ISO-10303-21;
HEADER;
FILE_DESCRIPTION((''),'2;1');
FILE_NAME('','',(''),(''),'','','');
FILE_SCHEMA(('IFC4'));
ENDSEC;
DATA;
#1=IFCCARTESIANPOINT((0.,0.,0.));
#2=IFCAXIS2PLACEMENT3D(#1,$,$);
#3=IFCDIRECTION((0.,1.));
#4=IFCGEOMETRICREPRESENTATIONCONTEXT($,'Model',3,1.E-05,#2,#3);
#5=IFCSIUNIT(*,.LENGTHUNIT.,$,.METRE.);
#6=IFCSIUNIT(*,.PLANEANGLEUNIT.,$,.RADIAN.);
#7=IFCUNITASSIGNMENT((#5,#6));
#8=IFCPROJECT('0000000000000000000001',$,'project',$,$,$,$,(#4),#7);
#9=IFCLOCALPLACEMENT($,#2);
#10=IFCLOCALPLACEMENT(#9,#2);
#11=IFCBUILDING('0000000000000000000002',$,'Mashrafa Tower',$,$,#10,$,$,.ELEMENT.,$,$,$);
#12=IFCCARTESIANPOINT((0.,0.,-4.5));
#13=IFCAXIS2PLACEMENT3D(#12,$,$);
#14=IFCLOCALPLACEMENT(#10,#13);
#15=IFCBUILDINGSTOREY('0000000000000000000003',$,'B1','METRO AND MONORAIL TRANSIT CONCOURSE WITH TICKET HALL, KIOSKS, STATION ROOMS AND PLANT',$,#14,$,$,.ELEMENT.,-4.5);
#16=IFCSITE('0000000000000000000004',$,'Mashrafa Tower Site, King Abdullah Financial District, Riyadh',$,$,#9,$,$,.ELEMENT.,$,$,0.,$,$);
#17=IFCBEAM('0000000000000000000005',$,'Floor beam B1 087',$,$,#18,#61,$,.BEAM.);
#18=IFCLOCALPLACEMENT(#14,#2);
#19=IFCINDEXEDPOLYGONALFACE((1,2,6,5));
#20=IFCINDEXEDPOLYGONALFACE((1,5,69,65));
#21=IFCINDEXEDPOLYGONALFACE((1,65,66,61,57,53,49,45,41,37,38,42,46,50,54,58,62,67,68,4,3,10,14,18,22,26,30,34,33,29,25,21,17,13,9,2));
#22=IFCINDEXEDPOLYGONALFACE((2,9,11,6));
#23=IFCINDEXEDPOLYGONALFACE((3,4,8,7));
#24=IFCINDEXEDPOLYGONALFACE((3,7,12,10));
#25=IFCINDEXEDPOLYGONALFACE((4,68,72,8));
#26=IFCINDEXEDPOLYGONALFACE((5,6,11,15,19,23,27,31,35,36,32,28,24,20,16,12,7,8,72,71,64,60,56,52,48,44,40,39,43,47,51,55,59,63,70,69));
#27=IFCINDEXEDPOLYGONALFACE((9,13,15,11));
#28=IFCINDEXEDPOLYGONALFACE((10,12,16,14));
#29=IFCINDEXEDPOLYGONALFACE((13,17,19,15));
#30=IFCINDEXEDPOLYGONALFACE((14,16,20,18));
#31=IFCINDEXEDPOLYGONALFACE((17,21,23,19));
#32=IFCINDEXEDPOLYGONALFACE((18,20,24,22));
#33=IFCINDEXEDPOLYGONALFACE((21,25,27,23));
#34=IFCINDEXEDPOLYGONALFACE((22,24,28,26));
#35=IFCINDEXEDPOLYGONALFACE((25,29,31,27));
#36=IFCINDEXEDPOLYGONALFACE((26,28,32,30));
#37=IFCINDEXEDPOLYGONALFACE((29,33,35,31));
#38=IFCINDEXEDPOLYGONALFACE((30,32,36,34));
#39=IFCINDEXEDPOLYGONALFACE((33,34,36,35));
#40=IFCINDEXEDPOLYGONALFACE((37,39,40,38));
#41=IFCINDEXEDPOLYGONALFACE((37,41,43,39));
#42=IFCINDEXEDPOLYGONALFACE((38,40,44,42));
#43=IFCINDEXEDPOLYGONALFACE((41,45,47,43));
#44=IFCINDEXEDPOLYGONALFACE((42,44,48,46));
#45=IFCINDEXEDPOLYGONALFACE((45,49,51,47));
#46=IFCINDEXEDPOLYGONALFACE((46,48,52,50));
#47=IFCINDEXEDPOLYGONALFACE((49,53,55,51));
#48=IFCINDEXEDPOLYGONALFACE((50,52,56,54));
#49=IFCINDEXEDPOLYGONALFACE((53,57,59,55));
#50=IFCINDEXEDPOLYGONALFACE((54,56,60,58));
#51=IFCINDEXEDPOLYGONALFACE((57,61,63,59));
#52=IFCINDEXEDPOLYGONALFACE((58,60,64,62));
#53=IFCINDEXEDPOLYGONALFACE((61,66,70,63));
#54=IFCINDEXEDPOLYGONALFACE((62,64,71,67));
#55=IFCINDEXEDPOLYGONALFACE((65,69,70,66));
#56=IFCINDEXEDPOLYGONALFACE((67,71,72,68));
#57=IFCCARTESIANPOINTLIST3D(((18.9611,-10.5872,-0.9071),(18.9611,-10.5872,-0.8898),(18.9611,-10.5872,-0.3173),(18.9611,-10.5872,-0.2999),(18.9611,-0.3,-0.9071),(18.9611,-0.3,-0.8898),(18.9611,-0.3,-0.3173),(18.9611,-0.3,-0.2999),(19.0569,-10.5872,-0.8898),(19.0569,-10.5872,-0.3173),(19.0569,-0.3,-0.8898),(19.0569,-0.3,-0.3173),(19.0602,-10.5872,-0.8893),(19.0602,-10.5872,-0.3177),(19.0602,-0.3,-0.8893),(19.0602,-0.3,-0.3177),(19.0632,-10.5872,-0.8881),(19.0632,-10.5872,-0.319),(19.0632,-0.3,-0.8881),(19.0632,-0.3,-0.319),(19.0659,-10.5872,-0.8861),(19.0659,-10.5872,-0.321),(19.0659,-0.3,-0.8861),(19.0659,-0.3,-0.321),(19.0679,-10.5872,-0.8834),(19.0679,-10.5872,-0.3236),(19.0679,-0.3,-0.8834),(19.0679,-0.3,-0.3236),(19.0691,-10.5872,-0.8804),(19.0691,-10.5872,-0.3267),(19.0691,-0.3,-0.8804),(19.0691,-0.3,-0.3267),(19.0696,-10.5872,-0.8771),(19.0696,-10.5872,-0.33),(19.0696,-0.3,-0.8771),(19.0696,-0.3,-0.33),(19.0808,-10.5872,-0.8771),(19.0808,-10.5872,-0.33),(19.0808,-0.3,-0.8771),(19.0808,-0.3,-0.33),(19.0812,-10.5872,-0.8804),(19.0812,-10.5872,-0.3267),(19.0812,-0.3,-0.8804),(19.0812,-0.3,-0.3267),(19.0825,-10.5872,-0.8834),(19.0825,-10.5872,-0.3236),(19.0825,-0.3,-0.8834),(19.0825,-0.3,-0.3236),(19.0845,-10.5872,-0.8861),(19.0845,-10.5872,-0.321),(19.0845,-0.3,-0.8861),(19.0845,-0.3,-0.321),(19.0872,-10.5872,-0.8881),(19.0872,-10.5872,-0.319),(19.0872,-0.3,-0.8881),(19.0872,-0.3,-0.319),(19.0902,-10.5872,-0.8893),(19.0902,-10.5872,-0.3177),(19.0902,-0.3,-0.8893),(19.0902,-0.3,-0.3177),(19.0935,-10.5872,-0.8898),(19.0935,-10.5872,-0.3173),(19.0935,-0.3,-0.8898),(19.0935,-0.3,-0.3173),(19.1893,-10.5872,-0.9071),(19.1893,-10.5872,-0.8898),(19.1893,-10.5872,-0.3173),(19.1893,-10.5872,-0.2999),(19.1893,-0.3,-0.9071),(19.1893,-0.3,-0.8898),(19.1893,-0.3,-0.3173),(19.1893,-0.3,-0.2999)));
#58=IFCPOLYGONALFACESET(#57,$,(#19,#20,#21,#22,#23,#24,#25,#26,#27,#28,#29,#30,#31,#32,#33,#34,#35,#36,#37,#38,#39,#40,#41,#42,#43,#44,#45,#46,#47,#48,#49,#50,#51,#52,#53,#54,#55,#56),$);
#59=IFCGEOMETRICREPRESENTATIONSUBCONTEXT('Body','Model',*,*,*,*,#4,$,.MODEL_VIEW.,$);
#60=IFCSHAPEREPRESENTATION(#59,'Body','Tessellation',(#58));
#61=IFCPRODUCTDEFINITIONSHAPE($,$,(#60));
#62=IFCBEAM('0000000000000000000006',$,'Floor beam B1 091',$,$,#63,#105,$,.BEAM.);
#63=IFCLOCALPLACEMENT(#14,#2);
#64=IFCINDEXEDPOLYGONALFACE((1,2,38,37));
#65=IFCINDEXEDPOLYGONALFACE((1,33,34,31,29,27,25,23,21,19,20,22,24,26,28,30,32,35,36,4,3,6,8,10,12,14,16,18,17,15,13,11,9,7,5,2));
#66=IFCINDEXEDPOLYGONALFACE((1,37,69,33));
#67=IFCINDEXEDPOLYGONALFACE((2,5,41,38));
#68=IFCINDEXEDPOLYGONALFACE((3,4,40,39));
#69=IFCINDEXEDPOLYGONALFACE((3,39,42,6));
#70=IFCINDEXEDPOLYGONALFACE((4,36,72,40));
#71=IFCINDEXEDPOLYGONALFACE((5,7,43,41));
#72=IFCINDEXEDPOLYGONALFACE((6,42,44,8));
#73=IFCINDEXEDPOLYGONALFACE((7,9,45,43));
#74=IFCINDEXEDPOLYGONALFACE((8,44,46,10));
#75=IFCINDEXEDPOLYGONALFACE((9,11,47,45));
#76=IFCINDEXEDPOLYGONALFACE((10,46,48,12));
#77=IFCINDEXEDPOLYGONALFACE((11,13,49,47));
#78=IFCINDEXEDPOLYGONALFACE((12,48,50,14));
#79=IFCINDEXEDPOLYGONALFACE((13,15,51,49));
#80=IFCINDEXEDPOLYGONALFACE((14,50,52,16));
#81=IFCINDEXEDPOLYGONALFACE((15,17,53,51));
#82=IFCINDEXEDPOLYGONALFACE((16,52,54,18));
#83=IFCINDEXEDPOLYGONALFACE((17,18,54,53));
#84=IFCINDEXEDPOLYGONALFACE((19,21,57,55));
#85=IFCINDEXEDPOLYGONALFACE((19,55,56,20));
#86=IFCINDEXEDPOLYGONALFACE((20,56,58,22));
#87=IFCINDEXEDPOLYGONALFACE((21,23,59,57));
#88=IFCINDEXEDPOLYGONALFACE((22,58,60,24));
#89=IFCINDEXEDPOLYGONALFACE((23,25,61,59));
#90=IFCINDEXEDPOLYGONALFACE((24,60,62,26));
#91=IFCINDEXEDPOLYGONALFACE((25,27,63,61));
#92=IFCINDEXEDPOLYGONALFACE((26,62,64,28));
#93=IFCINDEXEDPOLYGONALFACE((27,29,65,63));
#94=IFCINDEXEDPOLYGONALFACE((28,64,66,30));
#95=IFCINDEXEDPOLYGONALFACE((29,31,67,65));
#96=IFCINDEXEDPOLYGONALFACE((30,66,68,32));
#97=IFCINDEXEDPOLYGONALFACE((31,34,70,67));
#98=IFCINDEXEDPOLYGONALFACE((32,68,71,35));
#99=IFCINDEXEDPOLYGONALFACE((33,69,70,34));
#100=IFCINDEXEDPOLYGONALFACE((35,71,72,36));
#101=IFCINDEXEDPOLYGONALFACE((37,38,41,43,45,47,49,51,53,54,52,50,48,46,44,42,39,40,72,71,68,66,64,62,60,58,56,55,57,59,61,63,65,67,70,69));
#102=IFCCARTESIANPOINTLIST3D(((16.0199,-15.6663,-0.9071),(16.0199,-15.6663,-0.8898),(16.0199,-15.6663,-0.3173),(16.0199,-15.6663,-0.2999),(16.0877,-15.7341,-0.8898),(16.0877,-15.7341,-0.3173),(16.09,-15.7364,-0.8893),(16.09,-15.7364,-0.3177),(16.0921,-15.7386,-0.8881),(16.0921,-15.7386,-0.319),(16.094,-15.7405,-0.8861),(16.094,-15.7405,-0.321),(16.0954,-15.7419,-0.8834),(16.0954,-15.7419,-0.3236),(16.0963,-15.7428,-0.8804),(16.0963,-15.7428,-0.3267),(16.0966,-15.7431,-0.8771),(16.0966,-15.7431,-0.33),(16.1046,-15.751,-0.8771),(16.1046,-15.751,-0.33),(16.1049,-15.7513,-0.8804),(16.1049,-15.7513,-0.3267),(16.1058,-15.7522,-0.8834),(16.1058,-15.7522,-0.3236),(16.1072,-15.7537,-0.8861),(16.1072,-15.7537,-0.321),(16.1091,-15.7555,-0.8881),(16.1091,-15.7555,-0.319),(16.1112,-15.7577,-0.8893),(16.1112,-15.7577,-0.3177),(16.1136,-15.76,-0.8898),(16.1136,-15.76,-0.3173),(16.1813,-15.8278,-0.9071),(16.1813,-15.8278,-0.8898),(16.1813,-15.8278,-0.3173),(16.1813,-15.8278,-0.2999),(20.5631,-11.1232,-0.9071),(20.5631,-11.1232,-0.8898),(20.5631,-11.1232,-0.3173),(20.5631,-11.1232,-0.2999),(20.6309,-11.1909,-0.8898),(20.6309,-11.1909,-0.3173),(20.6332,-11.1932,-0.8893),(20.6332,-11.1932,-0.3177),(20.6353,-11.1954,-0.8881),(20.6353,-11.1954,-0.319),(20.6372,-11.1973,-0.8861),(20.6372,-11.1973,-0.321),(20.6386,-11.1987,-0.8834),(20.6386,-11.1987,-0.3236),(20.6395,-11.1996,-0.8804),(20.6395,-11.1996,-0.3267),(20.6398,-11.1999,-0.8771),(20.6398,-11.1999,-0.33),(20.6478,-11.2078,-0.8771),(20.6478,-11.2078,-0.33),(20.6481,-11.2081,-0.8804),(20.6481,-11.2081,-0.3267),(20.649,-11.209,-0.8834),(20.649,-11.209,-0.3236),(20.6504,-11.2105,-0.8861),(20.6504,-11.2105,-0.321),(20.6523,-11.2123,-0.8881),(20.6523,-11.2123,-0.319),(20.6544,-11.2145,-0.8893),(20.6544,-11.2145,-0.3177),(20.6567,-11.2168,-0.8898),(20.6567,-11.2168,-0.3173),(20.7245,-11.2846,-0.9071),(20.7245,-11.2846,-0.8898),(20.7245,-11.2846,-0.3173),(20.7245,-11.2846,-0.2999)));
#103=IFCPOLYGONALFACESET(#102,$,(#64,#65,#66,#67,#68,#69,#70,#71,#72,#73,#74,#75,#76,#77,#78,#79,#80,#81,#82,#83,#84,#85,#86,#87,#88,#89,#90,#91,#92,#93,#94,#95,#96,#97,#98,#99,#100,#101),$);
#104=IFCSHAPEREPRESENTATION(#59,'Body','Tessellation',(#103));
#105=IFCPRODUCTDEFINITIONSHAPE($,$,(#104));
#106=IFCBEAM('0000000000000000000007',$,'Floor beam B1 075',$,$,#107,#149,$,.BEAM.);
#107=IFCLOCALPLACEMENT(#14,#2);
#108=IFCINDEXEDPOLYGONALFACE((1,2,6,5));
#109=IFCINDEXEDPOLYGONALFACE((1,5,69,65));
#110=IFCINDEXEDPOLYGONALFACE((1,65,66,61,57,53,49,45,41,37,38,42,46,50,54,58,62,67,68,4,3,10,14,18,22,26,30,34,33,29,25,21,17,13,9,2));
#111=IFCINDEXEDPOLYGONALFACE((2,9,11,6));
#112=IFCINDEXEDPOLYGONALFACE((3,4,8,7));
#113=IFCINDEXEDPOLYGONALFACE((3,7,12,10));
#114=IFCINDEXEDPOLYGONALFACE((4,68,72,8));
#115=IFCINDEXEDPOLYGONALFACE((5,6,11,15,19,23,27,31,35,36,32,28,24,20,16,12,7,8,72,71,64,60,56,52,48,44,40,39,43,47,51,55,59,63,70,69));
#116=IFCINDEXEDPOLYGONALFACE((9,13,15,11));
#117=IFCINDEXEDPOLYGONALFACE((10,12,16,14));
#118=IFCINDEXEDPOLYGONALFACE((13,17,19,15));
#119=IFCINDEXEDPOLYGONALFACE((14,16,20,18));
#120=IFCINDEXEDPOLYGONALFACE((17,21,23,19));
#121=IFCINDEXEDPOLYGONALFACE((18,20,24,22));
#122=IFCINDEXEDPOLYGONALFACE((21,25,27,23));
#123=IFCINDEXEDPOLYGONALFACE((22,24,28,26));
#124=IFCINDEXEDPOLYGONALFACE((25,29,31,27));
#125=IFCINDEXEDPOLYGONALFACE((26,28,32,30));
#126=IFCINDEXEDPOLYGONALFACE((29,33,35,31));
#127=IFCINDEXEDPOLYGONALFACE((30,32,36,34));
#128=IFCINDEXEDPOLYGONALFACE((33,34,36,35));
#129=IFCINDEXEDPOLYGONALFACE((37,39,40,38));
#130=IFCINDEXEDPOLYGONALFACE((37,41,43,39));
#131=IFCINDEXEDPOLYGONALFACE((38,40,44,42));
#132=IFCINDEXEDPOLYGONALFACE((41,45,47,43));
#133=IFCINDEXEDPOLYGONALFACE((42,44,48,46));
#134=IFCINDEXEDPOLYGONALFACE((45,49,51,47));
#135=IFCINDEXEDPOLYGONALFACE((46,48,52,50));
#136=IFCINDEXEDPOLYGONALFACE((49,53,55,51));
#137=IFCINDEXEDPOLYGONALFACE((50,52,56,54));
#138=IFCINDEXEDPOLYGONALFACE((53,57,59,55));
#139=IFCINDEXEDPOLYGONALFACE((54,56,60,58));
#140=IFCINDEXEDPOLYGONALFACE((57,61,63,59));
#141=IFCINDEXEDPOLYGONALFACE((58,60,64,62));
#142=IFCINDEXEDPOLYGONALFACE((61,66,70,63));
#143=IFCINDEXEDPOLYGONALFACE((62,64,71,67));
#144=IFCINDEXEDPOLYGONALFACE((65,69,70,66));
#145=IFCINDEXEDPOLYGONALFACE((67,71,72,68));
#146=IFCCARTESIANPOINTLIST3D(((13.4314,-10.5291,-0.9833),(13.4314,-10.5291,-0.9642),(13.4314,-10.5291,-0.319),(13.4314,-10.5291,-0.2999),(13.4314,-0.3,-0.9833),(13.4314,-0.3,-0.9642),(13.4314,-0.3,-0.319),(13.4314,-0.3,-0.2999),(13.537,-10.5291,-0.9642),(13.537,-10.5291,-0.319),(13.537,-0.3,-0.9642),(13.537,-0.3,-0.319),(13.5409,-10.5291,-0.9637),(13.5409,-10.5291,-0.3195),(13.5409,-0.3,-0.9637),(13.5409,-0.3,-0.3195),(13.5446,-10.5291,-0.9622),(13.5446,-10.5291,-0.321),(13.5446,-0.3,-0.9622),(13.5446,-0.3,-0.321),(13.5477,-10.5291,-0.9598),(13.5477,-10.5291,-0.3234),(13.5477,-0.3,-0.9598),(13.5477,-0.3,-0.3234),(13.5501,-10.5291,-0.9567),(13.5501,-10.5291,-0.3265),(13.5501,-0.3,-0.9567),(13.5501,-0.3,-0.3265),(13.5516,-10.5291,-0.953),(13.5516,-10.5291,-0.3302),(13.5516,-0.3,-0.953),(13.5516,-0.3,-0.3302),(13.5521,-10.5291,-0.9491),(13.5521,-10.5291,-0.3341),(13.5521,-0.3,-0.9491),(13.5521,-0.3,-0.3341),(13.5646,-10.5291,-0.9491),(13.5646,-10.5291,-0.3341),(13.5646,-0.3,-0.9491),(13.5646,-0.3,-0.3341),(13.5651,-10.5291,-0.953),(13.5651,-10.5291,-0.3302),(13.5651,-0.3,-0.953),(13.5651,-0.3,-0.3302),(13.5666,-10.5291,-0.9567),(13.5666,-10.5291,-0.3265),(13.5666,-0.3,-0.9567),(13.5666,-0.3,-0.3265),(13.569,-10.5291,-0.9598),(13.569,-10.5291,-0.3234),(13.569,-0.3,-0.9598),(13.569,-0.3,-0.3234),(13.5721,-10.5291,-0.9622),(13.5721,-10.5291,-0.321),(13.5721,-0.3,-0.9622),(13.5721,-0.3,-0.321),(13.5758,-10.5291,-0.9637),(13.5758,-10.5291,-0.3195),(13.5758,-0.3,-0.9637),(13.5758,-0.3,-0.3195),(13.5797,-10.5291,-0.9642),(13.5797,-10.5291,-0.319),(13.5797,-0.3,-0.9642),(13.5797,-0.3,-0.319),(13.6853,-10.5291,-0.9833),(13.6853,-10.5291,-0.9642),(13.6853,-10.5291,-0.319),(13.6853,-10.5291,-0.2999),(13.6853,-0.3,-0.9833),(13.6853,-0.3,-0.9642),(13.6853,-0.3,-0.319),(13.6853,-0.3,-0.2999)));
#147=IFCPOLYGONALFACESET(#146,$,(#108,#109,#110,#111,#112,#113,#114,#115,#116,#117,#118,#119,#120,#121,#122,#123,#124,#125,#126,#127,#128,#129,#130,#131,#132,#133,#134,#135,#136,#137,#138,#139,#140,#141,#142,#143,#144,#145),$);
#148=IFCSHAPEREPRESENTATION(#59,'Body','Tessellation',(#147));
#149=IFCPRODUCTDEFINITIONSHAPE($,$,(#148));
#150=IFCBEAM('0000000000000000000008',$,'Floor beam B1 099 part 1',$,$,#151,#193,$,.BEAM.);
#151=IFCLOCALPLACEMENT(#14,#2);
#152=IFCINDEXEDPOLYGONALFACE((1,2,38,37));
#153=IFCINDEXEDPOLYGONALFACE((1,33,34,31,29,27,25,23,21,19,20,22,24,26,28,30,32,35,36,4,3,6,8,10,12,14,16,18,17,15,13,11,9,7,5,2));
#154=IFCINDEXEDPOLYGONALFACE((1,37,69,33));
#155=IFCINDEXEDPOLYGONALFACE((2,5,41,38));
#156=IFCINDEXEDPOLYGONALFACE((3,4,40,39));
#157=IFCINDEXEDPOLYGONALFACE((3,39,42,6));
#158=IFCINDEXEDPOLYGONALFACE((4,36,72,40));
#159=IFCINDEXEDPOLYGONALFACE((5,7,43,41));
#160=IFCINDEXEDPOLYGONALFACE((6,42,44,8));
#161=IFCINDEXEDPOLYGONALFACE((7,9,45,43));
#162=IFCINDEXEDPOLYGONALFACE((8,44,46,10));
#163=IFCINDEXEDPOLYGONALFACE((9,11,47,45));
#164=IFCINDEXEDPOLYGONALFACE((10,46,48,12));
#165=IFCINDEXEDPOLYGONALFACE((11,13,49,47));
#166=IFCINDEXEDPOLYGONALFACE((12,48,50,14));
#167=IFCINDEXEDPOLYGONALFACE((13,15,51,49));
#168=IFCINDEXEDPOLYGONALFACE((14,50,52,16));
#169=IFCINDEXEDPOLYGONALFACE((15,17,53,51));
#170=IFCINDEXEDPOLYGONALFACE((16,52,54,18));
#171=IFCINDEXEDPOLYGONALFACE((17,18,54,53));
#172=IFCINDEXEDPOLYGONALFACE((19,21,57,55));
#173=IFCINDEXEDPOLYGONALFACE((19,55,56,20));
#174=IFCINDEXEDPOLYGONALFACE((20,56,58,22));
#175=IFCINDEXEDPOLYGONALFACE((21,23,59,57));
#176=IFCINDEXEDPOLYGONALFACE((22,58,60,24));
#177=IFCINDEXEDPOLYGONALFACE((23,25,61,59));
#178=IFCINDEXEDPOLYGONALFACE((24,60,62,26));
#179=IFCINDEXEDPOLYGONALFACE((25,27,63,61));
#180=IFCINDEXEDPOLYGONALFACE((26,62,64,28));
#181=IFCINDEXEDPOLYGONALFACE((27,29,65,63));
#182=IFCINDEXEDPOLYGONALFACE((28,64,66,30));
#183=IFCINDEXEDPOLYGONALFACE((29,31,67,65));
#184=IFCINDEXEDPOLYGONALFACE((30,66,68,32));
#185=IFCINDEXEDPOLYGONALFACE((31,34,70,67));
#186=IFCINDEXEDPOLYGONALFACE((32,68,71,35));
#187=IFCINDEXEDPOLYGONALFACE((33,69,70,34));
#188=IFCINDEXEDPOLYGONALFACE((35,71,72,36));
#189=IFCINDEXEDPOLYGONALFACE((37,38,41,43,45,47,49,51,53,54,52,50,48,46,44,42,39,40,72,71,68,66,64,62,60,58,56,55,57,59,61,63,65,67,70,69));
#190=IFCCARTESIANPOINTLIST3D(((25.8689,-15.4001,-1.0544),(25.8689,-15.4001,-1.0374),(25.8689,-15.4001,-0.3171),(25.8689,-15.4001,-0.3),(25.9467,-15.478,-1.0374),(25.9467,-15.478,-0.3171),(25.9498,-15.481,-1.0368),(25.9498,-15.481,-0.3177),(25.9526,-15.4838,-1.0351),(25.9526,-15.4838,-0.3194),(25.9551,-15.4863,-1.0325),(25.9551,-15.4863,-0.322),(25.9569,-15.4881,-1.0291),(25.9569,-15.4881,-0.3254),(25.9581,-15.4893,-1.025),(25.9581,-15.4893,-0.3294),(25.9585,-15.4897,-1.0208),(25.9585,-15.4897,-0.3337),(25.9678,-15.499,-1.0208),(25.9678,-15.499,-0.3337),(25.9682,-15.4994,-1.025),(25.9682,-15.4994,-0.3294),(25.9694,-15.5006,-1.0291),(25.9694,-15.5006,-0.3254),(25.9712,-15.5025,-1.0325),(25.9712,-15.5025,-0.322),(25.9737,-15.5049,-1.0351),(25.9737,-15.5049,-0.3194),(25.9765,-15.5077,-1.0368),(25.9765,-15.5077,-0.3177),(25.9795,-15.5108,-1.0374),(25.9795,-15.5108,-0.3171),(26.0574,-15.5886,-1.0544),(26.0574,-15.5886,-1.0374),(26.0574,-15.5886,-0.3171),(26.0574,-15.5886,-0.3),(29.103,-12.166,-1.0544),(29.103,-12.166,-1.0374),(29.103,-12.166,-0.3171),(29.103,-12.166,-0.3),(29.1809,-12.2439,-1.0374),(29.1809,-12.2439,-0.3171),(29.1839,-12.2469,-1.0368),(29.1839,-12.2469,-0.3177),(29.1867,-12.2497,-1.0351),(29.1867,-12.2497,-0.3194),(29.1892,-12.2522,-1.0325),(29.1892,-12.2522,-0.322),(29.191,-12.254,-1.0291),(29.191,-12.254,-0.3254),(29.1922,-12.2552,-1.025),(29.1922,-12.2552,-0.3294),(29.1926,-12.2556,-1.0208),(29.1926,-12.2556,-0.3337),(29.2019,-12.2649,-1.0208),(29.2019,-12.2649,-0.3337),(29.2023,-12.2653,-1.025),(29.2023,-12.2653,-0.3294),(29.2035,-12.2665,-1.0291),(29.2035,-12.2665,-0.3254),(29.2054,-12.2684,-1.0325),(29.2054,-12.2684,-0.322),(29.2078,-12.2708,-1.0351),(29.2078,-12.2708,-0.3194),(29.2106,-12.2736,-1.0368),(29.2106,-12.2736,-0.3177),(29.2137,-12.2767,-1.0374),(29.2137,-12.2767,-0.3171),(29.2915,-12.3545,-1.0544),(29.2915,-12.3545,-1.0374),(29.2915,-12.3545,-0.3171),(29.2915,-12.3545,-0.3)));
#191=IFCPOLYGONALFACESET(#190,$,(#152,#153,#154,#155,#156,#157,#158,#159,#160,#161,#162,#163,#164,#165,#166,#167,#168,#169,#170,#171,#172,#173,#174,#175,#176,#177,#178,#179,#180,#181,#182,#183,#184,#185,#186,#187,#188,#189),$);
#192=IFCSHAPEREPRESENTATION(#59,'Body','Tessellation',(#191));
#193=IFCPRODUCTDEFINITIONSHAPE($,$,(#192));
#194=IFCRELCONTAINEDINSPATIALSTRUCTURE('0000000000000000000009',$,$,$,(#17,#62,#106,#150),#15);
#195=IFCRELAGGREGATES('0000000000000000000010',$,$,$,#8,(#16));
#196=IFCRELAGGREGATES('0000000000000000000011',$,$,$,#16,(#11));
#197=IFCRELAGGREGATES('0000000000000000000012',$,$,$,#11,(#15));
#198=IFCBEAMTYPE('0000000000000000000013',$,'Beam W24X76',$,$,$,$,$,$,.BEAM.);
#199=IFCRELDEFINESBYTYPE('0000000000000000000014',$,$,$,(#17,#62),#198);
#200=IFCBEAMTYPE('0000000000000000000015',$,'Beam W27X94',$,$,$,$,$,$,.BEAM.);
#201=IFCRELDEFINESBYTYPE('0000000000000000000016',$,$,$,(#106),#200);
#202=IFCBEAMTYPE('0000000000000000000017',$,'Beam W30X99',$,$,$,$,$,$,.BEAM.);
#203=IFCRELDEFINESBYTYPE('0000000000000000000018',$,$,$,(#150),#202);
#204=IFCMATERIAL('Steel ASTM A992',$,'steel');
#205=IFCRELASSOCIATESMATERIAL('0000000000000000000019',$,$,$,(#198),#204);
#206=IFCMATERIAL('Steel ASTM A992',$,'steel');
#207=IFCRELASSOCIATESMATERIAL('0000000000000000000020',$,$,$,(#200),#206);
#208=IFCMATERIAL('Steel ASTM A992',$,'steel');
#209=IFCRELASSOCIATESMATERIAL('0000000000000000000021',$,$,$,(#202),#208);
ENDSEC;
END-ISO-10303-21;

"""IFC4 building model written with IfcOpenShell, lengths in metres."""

from ifc_helpers import new_model, si_unit, direction, frame, origin, origin_2d, place, context, subcontext, project, spatial, i_section, extrude, material, material_profile, profile_set, type_object, element, save


model = new_model("IFC4")

# Units and contexts
model_context = context("Model", 3, precision=1e-05, world=origin(), true_north=direction((0.0, 1.0)))
body_context = subcontext(model_context, "Body", "Model", "MODEL_VIEW")
ifc_project = project(units=[si_unit("LENGTHUNIT", "METRE"), si_unit("PLANEANGLEUNIT", "RADIAN")], contexts=[model_context])

# Site, building, storey
site_placement = place(None, origin())
site = spatial("IfcSite", under=ifc_project, at=site_placement, Name="Mashrafa Tower Site, King Abdullah Financial District, Riyadh", CompositionType="ELEMENT", RefElevation=0.0)
building_placement = place(site_placement, origin())
building = spatial("IfcBuilding", under=site, at=building_placement, Name="Mashrafa Tower", CompositionType="ELEMENT")
storey_placement = place(building_placement, frame((0.0, 0.0, -4.5)))
storey = spatial("IfcBuildingStorey", under=building, at=storey_placement, Name="B1", Description="METRO AND MONORAIL TRANSIT CONCOURSE WITH TICKET HALL, KIOSKS, STATION ROOMS AND PLANT", CompositionType="ELEMENT", Elevation=-4.5)

# Beams
ifc_material_1 = material(Name="Steel ASTM A992", Category="steel")
ifc_material_profile_1 = material_profile(ifc_material_1, i_section(OverallWidth=0.2283, OverallDepth=0.6072, WebThickness=0.0112, FlangeThickness=0.0173, FilletRadius=0.0127, at=origin_2d()), Name="W24X76")
ifc_profile_set_1 = profile_set([ifc_material_profile_1], Name="Steel ASTM A992")
beam_type_1 = type_object("IfcBeamType", Name="Beam W24X76", PredefinedType="BEAM", material=ifc_profile_set_1)
beam_1_placement = place(storey_placement, frame((19.0752, -0.3, -0.6035), z_axis=(0.0, -1.0, 0.0), x_axis=(1.0, 0.0, 0.0)))
element("IfcBeam", 1, at=beam_1_placement, inside=storey, type_object=beam_type_1, Name="Floor beam B1 087", PredefinedType="BEAM", context=body_context, shape_type="SweptSolid", body=[
    extrude(i_section(OverallWidth=0.2283, OverallDepth=0.6072, WebThickness=0.0112, FlangeThickness=0.0173, FilletRadius=0.0127, at=origin_2d()), origin(), (0.0, 0.0, 1.0), 10.2871),
])
beam_2_placement = place(storey_placement, frame((20.6438, -11.2039, -0.6035), z_axis=(-0.707107, -0.707107, 0.0), x_axis=(0.707107, -0.707107, 0.0)))
element("IfcBeam", 2, at=beam_2_placement, inside=storey, type_object=beam_type_1, Name="Floor beam B1 091", PredefinedType="BEAM", context=body_context, shape_type="SweptSolid", body=[
    extrude(i_section(OverallWidth=0.2283, OverallDepth=0.6072, WebThickness=0.0112, FlangeThickness=0.0173, FilletRadius=0.0127, at=origin_2d()), origin(), (0.0, 0.0, 1.0), 6.425),
])
ifc_material_2 = material(Name="Steel ASTM A992", Category="steel")
ifc_material_profile_2 = material_profile(ifc_material_2, i_section(OverallWidth=0.2539, OverallDepth=0.6833, WebThickness=0.0125, FlangeThickness=0.019, FilletRadius=0.0151, at=origin_2d()), Name="W27X94")
ifc_profile_set_2 = profile_set([ifc_material_profile_2], Name="Steel ASTM A992")
beam_type_2 = type_object("IfcBeamType", Name="Beam W27X94", PredefinedType="BEAM", material=ifc_profile_set_2)
beam_3_placement = place(storey_placement, frame((13.5583, -0.3, -0.6416), z_axis=(0.0, -1.0, 0.0), x_axis=(1.0, 0.0, 0.0)))
element("IfcBeam", 3, at=beam_3_placement, inside=storey, type_object=beam_type_2, Name="Floor beam B1 075", PredefinedType="BEAM", context=body_context, shape_type="SweptSolid", body=[
    extrude(i_section(OverallWidth=0.2539, OverallDepth=0.6833, WebThickness=0.0125, FlangeThickness=0.019, FilletRadius=0.0151, at=origin_2d()), origin(), (0.0, 0.0, 1.0), 10.229),
])
ifc_material_3 = material(Name="Steel ASTM A992", Category="steel")
ifc_material_profile_3 = material_profile(ifc_material_3, i_section(OverallWidth=0.2666, OverallDepth=0.7544, WebThickness=0.0132, FlangeThickness=0.0171, FilletRadius=0.0166, at=origin_2d()), Name="W30X99")
ifc_profile_set_3 = profile_set([ifc_material_profile_3], Name="Steel ASTM A992")
beam_type_3 = type_object("IfcBeamType", Name="Beam W30X99", PredefinedType="BEAM", material=ifc_profile_set_3)
beam_4_placement = place(storey_placement, frame((29.1973, -12.2603, -0.6772), z_axis=(-0.707107, -0.707107, 0.0), x_axis=(0.707107, -0.707107, 0.0)))
element("IfcBeam", 4, at=beam_4_placement, inside=storey, type_object=beam_type_3, Name="Floor beam B1 099 part 1", PredefinedType="BEAM", context=body_context, shape_type="SweptSolid", body=[
    extrude(i_section(OverallWidth=0.2666, OverallDepth=0.7544, WebThickness=0.0132, FlangeThickness=0.0171, FilletRadius=0.0166, at=origin_2d()), origin(), (0.0, 0.0, 1.0), 4.5737),
])

save(model, "model.ifc")
